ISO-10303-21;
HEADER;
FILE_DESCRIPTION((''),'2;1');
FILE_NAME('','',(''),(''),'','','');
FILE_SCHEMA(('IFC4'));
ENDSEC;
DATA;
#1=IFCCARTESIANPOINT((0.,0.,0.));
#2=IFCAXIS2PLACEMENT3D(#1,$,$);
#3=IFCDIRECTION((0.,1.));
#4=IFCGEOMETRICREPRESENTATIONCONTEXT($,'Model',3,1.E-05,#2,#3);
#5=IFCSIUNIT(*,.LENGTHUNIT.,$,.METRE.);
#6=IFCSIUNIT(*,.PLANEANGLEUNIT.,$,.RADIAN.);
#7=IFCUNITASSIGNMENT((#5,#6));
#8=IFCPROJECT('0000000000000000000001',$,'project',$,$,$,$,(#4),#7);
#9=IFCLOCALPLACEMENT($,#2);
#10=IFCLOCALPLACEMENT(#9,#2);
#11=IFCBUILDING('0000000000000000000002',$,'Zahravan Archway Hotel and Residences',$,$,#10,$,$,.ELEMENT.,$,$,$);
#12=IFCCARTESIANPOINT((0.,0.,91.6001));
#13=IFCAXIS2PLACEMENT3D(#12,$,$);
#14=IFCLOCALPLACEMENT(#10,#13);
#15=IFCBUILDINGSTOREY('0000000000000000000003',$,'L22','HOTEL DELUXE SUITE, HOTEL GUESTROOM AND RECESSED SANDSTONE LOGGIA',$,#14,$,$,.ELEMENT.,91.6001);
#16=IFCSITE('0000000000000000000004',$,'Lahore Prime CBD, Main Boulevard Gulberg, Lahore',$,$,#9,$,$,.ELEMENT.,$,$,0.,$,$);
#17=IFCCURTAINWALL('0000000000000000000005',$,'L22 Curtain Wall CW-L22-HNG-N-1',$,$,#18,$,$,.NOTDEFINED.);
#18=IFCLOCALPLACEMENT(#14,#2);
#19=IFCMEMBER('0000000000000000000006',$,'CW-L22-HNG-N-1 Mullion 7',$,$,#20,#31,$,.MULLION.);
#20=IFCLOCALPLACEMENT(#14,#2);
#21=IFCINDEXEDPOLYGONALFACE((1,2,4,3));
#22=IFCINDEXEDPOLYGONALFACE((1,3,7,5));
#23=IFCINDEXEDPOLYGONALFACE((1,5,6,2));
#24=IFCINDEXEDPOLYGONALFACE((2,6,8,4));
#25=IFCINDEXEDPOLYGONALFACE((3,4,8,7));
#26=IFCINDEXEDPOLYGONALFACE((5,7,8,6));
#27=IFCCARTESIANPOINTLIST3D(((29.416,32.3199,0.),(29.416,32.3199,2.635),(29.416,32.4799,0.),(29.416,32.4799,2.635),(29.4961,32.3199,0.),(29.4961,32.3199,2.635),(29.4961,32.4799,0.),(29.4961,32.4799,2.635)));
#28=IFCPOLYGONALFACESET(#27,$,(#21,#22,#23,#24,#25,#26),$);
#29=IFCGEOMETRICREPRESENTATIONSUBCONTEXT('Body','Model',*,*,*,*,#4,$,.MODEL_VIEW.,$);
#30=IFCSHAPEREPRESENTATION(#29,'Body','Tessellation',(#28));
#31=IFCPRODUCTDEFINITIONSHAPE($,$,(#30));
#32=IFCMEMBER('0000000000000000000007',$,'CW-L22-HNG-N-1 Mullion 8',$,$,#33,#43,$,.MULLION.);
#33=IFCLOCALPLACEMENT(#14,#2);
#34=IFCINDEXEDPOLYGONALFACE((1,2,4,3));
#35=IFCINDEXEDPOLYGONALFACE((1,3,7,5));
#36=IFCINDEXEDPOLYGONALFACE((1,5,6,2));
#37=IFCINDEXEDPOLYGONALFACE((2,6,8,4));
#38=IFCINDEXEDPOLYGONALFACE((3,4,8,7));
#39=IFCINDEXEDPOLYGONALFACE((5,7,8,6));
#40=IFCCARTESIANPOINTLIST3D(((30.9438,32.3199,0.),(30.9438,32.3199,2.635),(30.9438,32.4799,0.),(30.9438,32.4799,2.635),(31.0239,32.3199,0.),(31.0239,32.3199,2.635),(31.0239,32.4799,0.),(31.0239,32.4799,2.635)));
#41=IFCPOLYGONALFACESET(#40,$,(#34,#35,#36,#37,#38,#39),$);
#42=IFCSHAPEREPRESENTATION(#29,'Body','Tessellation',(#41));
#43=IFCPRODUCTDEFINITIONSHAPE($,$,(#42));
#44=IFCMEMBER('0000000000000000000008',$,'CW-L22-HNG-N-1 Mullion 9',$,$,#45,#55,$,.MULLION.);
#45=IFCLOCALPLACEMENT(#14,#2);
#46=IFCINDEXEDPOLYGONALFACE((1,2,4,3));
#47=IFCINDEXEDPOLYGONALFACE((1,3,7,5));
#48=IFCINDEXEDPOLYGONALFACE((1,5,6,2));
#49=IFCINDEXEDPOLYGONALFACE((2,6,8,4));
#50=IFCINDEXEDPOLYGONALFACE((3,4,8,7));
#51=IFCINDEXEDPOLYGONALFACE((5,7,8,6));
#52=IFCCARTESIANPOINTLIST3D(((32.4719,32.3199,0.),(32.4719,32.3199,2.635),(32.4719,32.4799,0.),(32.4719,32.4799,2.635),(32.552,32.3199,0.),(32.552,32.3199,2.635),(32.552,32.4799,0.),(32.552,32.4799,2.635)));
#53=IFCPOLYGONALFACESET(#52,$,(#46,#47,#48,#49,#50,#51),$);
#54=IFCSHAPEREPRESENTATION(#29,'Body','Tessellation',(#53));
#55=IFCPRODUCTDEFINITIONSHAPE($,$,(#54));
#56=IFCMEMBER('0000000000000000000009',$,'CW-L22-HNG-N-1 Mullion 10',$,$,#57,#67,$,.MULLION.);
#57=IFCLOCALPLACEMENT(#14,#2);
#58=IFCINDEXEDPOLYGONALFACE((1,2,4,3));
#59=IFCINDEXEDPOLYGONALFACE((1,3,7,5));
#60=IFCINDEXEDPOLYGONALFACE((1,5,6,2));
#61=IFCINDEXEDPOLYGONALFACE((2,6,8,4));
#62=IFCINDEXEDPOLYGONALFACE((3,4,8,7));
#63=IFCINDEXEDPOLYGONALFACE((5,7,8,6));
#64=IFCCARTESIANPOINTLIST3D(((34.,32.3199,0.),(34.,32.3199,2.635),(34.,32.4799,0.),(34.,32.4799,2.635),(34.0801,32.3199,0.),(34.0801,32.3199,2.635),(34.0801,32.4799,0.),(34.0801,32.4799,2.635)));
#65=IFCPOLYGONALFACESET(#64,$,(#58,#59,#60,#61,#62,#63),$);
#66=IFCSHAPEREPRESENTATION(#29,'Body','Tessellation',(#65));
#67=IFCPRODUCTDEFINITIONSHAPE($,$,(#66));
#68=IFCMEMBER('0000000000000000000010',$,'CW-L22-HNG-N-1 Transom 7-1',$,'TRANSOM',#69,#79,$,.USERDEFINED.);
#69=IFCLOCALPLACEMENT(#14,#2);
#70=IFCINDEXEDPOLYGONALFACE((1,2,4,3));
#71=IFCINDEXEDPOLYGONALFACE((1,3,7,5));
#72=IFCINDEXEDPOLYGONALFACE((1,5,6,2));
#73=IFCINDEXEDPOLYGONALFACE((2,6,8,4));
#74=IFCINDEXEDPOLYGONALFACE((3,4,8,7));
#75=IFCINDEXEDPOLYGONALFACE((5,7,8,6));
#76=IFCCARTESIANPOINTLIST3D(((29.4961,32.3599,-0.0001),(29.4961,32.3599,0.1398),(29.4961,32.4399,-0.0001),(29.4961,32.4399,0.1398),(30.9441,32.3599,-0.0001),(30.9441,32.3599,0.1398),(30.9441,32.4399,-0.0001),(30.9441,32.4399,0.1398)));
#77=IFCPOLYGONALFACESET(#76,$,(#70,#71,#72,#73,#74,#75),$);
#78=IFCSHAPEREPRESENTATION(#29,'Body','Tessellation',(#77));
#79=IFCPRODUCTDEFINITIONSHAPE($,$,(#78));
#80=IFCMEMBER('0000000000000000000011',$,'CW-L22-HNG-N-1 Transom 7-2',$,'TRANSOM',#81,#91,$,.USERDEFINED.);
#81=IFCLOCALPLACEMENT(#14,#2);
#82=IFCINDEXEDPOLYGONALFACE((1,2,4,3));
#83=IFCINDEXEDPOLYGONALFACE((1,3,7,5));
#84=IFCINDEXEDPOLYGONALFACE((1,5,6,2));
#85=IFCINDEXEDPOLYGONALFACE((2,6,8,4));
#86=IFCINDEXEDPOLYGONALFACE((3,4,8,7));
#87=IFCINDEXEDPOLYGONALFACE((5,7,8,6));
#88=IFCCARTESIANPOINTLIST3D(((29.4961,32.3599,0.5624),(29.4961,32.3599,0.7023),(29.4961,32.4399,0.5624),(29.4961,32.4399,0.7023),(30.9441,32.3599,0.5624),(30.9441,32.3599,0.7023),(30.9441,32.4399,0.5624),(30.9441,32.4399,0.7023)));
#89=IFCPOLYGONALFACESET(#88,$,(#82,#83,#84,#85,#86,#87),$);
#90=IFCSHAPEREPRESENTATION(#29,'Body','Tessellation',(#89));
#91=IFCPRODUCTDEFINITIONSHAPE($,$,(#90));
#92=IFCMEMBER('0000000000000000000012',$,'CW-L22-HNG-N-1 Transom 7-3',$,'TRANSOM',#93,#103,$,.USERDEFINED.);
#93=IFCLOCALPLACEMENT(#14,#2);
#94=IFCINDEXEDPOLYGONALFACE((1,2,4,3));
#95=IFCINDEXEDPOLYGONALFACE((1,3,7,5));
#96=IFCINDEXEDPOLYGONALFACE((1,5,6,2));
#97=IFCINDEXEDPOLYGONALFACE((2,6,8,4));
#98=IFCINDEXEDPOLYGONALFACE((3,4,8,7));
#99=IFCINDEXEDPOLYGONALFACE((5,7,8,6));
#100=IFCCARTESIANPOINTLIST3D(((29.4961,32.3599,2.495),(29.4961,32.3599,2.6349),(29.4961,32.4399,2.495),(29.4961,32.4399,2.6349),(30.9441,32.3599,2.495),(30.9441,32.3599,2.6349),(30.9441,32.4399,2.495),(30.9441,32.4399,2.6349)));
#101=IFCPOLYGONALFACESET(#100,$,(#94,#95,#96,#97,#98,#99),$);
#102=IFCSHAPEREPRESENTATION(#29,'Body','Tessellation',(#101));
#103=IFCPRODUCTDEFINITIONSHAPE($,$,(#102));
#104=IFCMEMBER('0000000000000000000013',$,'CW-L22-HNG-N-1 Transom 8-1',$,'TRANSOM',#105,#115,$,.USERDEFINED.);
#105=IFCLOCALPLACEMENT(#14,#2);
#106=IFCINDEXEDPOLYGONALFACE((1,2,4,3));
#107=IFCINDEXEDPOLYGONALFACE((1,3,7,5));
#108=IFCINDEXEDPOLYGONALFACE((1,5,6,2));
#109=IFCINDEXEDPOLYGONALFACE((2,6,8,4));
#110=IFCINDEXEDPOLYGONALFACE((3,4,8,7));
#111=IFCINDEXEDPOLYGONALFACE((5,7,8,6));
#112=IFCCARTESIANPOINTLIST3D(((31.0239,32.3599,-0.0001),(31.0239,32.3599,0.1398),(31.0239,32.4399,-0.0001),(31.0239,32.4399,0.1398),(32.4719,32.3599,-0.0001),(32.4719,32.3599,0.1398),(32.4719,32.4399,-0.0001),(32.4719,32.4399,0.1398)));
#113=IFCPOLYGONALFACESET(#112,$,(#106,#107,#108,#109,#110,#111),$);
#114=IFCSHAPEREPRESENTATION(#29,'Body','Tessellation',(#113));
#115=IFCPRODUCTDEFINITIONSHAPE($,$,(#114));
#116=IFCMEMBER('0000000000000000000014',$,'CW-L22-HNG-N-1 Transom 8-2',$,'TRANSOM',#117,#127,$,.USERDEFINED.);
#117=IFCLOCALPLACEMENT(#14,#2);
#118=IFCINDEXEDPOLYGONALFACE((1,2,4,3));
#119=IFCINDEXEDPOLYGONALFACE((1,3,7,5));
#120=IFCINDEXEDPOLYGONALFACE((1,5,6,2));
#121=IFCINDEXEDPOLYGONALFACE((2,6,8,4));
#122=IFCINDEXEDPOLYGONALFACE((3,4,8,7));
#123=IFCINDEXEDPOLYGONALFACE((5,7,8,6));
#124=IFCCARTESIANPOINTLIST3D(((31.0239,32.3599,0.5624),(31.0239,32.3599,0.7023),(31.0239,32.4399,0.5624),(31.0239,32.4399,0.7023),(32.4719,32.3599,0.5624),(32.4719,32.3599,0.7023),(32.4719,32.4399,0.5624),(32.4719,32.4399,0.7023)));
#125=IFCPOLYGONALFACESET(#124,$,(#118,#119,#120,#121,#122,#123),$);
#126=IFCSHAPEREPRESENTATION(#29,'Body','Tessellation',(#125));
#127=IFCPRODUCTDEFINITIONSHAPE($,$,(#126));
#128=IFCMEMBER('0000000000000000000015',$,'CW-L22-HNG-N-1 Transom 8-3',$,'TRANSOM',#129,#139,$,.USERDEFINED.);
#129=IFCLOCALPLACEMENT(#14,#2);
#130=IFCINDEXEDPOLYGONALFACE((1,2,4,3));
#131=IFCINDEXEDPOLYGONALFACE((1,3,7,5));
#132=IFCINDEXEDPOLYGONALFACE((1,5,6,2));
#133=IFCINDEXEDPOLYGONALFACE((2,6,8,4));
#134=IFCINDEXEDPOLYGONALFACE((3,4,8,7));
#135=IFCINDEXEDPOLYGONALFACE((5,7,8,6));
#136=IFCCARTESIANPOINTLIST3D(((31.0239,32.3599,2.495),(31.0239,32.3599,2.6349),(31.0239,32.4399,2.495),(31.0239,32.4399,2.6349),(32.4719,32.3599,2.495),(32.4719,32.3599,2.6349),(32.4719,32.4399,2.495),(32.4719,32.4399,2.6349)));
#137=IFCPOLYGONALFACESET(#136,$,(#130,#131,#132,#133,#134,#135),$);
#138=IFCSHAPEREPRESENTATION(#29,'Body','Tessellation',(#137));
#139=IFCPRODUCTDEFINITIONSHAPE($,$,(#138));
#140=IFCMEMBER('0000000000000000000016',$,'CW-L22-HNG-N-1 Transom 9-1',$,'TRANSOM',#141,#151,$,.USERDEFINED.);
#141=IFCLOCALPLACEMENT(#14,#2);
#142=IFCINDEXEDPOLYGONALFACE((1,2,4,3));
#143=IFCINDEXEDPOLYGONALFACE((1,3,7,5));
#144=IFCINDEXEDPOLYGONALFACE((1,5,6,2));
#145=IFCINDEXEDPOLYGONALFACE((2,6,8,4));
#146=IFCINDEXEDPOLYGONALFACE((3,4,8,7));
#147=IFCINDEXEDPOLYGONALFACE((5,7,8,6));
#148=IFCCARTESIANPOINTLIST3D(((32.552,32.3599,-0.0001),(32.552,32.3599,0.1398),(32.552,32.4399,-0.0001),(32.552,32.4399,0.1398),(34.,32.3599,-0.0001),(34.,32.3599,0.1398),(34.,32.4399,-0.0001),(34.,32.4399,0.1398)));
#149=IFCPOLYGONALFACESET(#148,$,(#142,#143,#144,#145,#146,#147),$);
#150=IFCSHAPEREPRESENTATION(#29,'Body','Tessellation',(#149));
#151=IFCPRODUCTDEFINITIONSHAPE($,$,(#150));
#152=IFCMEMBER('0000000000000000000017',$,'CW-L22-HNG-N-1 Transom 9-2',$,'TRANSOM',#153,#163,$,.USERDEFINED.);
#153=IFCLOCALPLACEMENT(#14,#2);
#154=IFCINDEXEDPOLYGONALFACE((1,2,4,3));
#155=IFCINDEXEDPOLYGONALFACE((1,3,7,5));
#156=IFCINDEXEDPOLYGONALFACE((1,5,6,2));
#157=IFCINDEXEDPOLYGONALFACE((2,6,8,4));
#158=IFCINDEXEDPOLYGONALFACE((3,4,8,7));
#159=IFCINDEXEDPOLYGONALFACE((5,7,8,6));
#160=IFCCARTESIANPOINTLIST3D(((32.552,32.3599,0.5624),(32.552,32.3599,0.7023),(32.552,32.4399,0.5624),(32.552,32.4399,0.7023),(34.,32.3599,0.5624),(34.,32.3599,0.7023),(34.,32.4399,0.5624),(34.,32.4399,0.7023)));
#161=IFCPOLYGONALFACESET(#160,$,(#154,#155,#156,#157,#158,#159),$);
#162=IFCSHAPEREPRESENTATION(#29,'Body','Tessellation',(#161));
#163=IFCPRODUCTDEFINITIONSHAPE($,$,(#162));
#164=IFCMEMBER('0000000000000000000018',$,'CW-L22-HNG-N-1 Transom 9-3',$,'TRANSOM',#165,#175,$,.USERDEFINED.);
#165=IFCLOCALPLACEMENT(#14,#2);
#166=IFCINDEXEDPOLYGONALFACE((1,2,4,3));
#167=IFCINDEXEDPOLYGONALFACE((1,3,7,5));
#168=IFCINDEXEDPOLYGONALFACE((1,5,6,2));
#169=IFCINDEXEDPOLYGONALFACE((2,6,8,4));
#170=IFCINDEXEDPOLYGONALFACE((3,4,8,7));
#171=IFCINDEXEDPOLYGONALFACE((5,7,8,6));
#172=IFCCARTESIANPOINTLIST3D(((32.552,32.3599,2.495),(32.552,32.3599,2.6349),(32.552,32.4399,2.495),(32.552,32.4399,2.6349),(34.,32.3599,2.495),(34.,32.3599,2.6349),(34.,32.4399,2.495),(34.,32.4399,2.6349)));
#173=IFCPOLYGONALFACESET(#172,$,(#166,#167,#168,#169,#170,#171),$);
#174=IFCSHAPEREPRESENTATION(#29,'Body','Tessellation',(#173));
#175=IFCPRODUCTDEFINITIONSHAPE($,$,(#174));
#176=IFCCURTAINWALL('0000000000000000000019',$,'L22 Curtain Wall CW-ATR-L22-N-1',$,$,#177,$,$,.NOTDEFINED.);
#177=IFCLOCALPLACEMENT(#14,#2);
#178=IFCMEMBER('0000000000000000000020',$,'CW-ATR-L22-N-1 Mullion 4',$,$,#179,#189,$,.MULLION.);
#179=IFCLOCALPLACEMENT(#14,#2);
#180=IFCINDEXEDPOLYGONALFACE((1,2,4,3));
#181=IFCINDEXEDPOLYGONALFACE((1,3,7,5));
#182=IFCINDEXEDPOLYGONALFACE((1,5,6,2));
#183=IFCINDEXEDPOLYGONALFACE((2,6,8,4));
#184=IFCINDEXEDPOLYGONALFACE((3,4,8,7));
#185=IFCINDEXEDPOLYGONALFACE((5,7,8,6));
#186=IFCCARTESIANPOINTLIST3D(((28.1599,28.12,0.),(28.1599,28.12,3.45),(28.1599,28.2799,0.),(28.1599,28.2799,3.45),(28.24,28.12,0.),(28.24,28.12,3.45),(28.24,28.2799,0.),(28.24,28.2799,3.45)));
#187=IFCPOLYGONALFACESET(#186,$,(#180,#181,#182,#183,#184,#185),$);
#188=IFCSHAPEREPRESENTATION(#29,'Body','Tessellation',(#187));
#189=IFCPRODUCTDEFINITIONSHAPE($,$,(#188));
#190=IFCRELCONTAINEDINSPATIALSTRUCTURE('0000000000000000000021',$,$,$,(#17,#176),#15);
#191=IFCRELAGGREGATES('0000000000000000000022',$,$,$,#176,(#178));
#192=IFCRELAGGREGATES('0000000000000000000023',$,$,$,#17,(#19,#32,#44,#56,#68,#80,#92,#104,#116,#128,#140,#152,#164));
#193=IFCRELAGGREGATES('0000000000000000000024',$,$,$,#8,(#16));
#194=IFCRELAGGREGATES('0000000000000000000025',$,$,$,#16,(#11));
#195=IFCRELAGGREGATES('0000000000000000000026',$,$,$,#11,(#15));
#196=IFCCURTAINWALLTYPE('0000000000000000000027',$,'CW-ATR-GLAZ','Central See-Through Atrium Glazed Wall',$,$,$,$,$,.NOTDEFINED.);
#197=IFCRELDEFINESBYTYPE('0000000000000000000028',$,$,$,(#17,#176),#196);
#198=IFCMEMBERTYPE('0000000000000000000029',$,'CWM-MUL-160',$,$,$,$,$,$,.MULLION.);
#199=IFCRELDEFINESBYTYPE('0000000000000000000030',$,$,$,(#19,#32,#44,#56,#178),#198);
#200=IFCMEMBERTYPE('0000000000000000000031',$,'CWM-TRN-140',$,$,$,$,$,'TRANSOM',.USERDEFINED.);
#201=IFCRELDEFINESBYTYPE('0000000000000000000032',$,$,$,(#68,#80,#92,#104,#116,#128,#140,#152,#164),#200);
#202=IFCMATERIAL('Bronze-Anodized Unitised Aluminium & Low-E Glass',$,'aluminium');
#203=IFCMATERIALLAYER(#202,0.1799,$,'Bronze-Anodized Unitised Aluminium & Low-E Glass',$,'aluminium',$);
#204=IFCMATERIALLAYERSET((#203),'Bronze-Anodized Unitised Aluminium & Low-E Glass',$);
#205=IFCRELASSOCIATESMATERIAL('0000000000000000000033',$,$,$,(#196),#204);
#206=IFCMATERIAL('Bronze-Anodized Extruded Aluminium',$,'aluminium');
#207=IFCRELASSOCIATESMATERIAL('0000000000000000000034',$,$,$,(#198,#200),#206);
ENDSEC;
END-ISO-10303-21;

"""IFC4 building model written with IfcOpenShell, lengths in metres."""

from ifc_helpers import new_model, si_unit, direction, frame, origin, origin_2d, place, context, subcontext, project, spatial, rectangle, extrude, source, transform, mapped, material, layer, layer_set, material_profile, profile_set, type_object, element, aggregate, save


model = new_model("IFC4")

# Units and contexts
model_context = context("Model", 3, precision=1e-05, world=origin(), true_north=direction((0.0, 1.0)))
body_context = subcontext(model_context, "Body", "Model", "MODEL_VIEW")
ifc_project = project(units=[si_unit("LENGTHUNIT", "METRE"), si_unit("PLANEANGLEUNIT", "RADIAN")], contexts=[model_context])

# Site, building, storey
site_placement = place(None, origin())
site = spatial("IfcSite", under=ifc_project, at=site_placement, Name="Lahore Prime CBD, Main Boulevard Gulberg, Lahore", CompositionType="ELEMENT", RefElevation=0.0)
building_placement = place(site_placement, origin())
building = spatial("IfcBuilding", under=site, at=building_placement, Name="Zahravan Archway Hotel and Residences", CompositionType="ELEMENT")
storey_placement = place(building_placement, frame((0.0, 0.0, 91.6001)))
storey = spatial("IfcBuildingStorey", under=building, at=storey_placement, Name="L22", Description="HOTEL DELUXE SUITE, HOTEL GUESTROOM AND RECESSED SANDSTONE LOGGIA", CompositionType="ELEMENT", Elevation=91.6001)

# Curtain wall, members
ifc_material_1 = material(Name="Bronze-Anodized Unitised Aluminium & Low-E Glass", Category="aluminium")
ifc_layer_1 = layer(ifc_material_1, 0.1799, Name="Bronze-Anodized Unitised Aluminium & Low-E Glass", Category="aluminium")
ifc_layer_set_1 = layer_set([ifc_layer_1], Name="Bronze-Anodized Unitised Aluminium & Low-E Glass")
curtain_wall_type = type_object("IfcCurtainWallType", Name="CW-ATR-GLAZ", Description="Central See-Through Atrium Glazed Wall", PredefinedType="NOTDEFINED", material=ifc_layer_set_1)
curtain_wall_1_placement = place(storey_placement, origin())
curtain_wall_1 = element("IfcCurtainWall", 1, at=curtain_wall_1_placement, inside=storey, type_object=curtain_wall_type, Name="L22 Curtain Wall CW-L22-HNG-N-1", PredefinedType="NOTDEFINED")
ifc_material_2 = material(Name="Bronze-Anodized Extruded Aluminium", Category="aluminium")
ifc_material_profile_1 = material_profile(ifc_material_2, rectangle(XDim=0.0801, YDim=0.1599, at=origin_2d()), Name="MUL 80x160", Category="aluminium")
ifc_profile_set_1 = profile_set([ifc_material_profile_1], Name="Bronze-Anodized Extruded Aluminium")
member_type_1 = type_object("IfcMemberType", Name="CWM-MUL-160", PredefinedType="MULLION", material=ifc_profile_set_1)
shared_shape_1 = source(origin(), body_context, "Body", "SweptSolid", [
    extrude(rectangle(XDim=0.0801, YDim=0.1599, at=origin_2d()), origin(), (0.0, 0.0, 1.0), 2.635),
])
member_1_placement = place(storey_placement, frame((29.4561, 32.3999, 0.0), z_axis=(0.0, 0.0, 1.0), x_axis=(1.0, 0.0, 0.0)))
member_1 = element("IfcMember", 2, at=member_1_placement, type_object=member_type_1, Name="CW-L22-HNG-N-1 Mullion 7", PredefinedType="MULLION", context=body_context, shape_type="MappedRepresentation", body=[
    mapped(shared_shape_1, transform((0.0, 0.0, 0.0), scale=1.0)),
])
member_2_placement = place(storey_placement, frame((30.9839, 32.3999, 0.0), z_axis=(0.0, 0.0, 1.0), x_axis=(1.0, 0.0, 0.0)))
member_2 = element("IfcMember", 3, at=member_2_placement, type_object=member_type_1, Name="CW-L22-HNG-N-1 Mullion 8", PredefinedType="MULLION", context=body_context, shape_type="MappedRepresentation", body=[
    mapped(shared_shape_1, transform((0.0, 0.0, 0.0), scale=1.0)),
])
member_3_placement = place(storey_placement, frame((32.512, 32.3999, 0.0), z_axis=(0.0, 0.0, 1.0), x_axis=(1.0, 0.0, 0.0)))
member_3 = element("IfcMember", 4, at=member_3_placement, type_object=member_type_1, Name="CW-L22-HNG-N-1 Mullion 9", PredefinedType="MULLION", context=body_context, shape_type="MappedRepresentation", body=[
    mapped(shared_shape_1, transform((0.0, 0.0, 0.0), scale=1.0)),
])
member_4_placement = place(storey_placement, frame((34.04, 32.3999, 0.0), z_axis=(0.0, 0.0, 1.0), x_axis=(1.0, 0.0, 0.0)))
member_4 = element("IfcMember", 5, at=member_4_placement, type_object=member_type_1, Name="CW-L22-HNG-N-1 Mullion 10", PredefinedType="MULLION", context=body_context, shape_type="MappedRepresentation", body=[
    mapped(shared_shape_1, transform((0.0, 0.0, 0.0), scale=1.0)),
])
ifc_material_profile_2 = material_profile(ifc_material_2, rectangle(XDim=0.0801, YDim=0.1399, at=origin_2d()), Name="TRN 80x140", Category="aluminium")
ifc_profile_set_2 = profile_set([ifc_material_profile_2], Name="Bronze-Anodized Extruded Aluminium")
member_type_2 = type_object("IfcMemberType", Name="CWM-TRN-140", ElementType="TRANSOM", PredefinedType="USERDEFINED", material=ifc_profile_set_2)
shared_shape_2 = source(origin(), body_context, "Body", "SweptSolid", [
    extrude(rectangle(XDim=0.0801, YDim=0.1399, at=origin_2d()), origin(), (0.0, 0.0, 1.0), 1.448),
])
member_5_placement = place(storey_placement, frame((29.4961, 32.3999, 0.0698), z_axis=(1.0, 0.0, 0.0), x_axis=(0.0, 1.0, 0.0)))
member_5 = element("IfcMember", 6, at=member_5_placement, type_object=member_type_2, Name="CW-L22-HNG-N-1 Transom 7-1", ObjectType="TRANSOM", PredefinedType="USERDEFINED", context=body_context, shape_type="MappedRepresentation", body=[
    mapped(shared_shape_2, transform((0.0, 0.0, 0.0), scale=1.0)),
])
member_6_placement = place(storey_placement, frame((29.4961, 32.3999, 0.6323), z_axis=(1.0, 0.0, 0.0), x_axis=(0.0, 1.0, 0.0)))
member_6 = element("IfcMember", 7, at=member_6_placement, type_object=member_type_2, Name="CW-L22-HNG-N-1 Transom 7-2", ObjectType="TRANSOM", PredefinedType="USERDEFINED", context=body_context, shape_type="MappedRepresentation", body=[
    mapped(shared_shape_2, transform((0.0, 0.0, 0.0), scale=1.0)),
])
member_7_placement = place(storey_placement, frame((29.4961, 32.3999, 2.5649), z_axis=(1.0, 0.0, 0.0), x_axis=(0.0, 1.0, 0.0)))
member_7 = element("IfcMember", 8, at=member_7_placement, type_object=member_type_2, Name="CW-L22-HNG-N-1 Transom 7-3", ObjectType="TRANSOM", PredefinedType="USERDEFINED", context=body_context, shape_type="MappedRepresentation", body=[
    mapped(shared_shape_2, transform((0.0, 0.0, 0.0), scale=1.0)),
])
member_8_placement = place(storey_placement, frame((31.0239, 32.3999, 0.0698), z_axis=(1.0, 0.0, 0.0), x_axis=(0.0, 1.0, 0.0)))
member_8 = element("IfcMember", 9, at=member_8_placement, type_object=member_type_2, Name="CW-L22-HNG-N-1 Transom 8-1", ObjectType="TRANSOM", PredefinedType="USERDEFINED", context=body_context, shape_type="MappedRepresentation", body=[
    mapped(shared_shape_2, transform((0.0, 0.0, 0.0), scale=1.0)),
])
member_9_placement = place(storey_placement, frame((31.0239, 32.3999, 0.6323), z_axis=(1.0, 0.0, 0.0), x_axis=(0.0, 1.0, 0.0)))
member_9 = element("IfcMember", 10, at=member_9_placement, type_object=member_type_2, Name="CW-L22-HNG-N-1 Transom 8-2", ObjectType="TRANSOM", PredefinedType="USERDEFINED", context=body_context, shape_type="MappedRepresentation", body=[
    mapped(shared_shape_2, transform((0.0, 0.0, 0.0), scale=1.0)),
])
member_10_placement = place(storey_placement, frame((31.0239, 32.3999, 2.5649), z_axis=(1.0, 0.0, 0.0), x_axis=(0.0, 1.0, 0.0)))
member_10 = element("IfcMember", 11, at=member_10_placement, type_object=member_type_2, Name="CW-L22-HNG-N-1 Transom 8-3", ObjectType="TRANSOM", PredefinedType="USERDEFINED", context=body_context, shape_type="MappedRepresentation", body=[
    mapped(shared_shape_2, transform((0.0, 0.0, 0.0), scale=1.0)),
])
member_11_placement = place(storey_placement, frame((32.552, 32.3999, 0.0698), z_axis=(1.0, 0.0, 0.0), x_axis=(0.0, 1.0, 0.0)))
member_11 = element("IfcMember", 12, at=member_11_placement, type_object=member_type_2, Name="CW-L22-HNG-N-1 Transom 9-1", ObjectType="TRANSOM", PredefinedType="USERDEFINED", context=body_context, shape_type="MappedRepresentation", body=[
    mapped(shared_shape_2, transform((0.0, 0.0, 0.0), scale=1.0)),
])
member_12_placement = place(storey_placement, frame((32.552, 32.3999, 0.6323), z_axis=(1.0, 0.0, 0.0), x_axis=(0.0, 1.0, 0.0)))
member_12 = element("IfcMember", 13, at=member_12_placement, type_object=member_type_2, Name="CW-L22-HNG-N-1 Transom 9-2", ObjectType="TRANSOM", PredefinedType="USERDEFINED", context=body_context, shape_type="MappedRepresentation", body=[
    mapped(shared_shape_2, transform((0.0, 0.0, 0.0), scale=1.0)),
])
member_13_placement = place(storey_placement, frame((32.552, 32.3999, 2.5649), z_axis=(1.0, 0.0, 0.0), x_axis=(0.0, 1.0, 0.0)))
member_13 = element("IfcMember", 14, at=member_13_placement, type_object=member_type_2, Name="CW-L22-HNG-N-1 Transom 9-3", ObjectType="TRANSOM", PredefinedType="USERDEFINED", context=body_context, shape_type="MappedRepresentation", body=[
    mapped(shared_shape_2, transform((0.0, 0.0, 0.0), scale=1.0)),
])

# Curtain wall, member
curtain_wall_2_placement = place(storey_placement, origin())
curtain_wall_2 = element("IfcCurtainWall", 15, at=curtain_wall_2_placement, inside=storey, type_object=curtain_wall_type, Name="L22 Curtain Wall CW-ATR-L22-N-1", PredefinedType="NOTDEFINED")
shared_shape_3 = source(origin(), body_context, "Body", "SweptSolid", [
    extrude(rectangle(XDim=0.0801, YDim=0.1599, at=origin_2d()), origin(), (0.0, 0.0, 1.0), 3.45),
])
member_14_placement = place(storey_placement, frame((28.2, 28.2, 0.0), z_axis=(0.0, 0.0, 1.0), x_axis=(1.0, 0.0, 0.0)))
member_14 = element("IfcMember", 16, at=member_14_placement, type_object=member_type_1, Name="CW-ATR-L22-N-1 Mullion 4", PredefinedType="MULLION", context=body_context, shape_type="MappedRepresentation", body=[
    mapped(shared_shape_3, transform((0.0, 0.0, 0.0), scale=1.0)),
])
aggregate(curtain_wall_2, [member_14])

aggregate(curtain_wall_1, [member_1, member_2, member_3, member_4, member_5, member_6, member_7, member_8, member_9, member_10, member_11, member_12, member_13])

save(model, "model.ifc")
